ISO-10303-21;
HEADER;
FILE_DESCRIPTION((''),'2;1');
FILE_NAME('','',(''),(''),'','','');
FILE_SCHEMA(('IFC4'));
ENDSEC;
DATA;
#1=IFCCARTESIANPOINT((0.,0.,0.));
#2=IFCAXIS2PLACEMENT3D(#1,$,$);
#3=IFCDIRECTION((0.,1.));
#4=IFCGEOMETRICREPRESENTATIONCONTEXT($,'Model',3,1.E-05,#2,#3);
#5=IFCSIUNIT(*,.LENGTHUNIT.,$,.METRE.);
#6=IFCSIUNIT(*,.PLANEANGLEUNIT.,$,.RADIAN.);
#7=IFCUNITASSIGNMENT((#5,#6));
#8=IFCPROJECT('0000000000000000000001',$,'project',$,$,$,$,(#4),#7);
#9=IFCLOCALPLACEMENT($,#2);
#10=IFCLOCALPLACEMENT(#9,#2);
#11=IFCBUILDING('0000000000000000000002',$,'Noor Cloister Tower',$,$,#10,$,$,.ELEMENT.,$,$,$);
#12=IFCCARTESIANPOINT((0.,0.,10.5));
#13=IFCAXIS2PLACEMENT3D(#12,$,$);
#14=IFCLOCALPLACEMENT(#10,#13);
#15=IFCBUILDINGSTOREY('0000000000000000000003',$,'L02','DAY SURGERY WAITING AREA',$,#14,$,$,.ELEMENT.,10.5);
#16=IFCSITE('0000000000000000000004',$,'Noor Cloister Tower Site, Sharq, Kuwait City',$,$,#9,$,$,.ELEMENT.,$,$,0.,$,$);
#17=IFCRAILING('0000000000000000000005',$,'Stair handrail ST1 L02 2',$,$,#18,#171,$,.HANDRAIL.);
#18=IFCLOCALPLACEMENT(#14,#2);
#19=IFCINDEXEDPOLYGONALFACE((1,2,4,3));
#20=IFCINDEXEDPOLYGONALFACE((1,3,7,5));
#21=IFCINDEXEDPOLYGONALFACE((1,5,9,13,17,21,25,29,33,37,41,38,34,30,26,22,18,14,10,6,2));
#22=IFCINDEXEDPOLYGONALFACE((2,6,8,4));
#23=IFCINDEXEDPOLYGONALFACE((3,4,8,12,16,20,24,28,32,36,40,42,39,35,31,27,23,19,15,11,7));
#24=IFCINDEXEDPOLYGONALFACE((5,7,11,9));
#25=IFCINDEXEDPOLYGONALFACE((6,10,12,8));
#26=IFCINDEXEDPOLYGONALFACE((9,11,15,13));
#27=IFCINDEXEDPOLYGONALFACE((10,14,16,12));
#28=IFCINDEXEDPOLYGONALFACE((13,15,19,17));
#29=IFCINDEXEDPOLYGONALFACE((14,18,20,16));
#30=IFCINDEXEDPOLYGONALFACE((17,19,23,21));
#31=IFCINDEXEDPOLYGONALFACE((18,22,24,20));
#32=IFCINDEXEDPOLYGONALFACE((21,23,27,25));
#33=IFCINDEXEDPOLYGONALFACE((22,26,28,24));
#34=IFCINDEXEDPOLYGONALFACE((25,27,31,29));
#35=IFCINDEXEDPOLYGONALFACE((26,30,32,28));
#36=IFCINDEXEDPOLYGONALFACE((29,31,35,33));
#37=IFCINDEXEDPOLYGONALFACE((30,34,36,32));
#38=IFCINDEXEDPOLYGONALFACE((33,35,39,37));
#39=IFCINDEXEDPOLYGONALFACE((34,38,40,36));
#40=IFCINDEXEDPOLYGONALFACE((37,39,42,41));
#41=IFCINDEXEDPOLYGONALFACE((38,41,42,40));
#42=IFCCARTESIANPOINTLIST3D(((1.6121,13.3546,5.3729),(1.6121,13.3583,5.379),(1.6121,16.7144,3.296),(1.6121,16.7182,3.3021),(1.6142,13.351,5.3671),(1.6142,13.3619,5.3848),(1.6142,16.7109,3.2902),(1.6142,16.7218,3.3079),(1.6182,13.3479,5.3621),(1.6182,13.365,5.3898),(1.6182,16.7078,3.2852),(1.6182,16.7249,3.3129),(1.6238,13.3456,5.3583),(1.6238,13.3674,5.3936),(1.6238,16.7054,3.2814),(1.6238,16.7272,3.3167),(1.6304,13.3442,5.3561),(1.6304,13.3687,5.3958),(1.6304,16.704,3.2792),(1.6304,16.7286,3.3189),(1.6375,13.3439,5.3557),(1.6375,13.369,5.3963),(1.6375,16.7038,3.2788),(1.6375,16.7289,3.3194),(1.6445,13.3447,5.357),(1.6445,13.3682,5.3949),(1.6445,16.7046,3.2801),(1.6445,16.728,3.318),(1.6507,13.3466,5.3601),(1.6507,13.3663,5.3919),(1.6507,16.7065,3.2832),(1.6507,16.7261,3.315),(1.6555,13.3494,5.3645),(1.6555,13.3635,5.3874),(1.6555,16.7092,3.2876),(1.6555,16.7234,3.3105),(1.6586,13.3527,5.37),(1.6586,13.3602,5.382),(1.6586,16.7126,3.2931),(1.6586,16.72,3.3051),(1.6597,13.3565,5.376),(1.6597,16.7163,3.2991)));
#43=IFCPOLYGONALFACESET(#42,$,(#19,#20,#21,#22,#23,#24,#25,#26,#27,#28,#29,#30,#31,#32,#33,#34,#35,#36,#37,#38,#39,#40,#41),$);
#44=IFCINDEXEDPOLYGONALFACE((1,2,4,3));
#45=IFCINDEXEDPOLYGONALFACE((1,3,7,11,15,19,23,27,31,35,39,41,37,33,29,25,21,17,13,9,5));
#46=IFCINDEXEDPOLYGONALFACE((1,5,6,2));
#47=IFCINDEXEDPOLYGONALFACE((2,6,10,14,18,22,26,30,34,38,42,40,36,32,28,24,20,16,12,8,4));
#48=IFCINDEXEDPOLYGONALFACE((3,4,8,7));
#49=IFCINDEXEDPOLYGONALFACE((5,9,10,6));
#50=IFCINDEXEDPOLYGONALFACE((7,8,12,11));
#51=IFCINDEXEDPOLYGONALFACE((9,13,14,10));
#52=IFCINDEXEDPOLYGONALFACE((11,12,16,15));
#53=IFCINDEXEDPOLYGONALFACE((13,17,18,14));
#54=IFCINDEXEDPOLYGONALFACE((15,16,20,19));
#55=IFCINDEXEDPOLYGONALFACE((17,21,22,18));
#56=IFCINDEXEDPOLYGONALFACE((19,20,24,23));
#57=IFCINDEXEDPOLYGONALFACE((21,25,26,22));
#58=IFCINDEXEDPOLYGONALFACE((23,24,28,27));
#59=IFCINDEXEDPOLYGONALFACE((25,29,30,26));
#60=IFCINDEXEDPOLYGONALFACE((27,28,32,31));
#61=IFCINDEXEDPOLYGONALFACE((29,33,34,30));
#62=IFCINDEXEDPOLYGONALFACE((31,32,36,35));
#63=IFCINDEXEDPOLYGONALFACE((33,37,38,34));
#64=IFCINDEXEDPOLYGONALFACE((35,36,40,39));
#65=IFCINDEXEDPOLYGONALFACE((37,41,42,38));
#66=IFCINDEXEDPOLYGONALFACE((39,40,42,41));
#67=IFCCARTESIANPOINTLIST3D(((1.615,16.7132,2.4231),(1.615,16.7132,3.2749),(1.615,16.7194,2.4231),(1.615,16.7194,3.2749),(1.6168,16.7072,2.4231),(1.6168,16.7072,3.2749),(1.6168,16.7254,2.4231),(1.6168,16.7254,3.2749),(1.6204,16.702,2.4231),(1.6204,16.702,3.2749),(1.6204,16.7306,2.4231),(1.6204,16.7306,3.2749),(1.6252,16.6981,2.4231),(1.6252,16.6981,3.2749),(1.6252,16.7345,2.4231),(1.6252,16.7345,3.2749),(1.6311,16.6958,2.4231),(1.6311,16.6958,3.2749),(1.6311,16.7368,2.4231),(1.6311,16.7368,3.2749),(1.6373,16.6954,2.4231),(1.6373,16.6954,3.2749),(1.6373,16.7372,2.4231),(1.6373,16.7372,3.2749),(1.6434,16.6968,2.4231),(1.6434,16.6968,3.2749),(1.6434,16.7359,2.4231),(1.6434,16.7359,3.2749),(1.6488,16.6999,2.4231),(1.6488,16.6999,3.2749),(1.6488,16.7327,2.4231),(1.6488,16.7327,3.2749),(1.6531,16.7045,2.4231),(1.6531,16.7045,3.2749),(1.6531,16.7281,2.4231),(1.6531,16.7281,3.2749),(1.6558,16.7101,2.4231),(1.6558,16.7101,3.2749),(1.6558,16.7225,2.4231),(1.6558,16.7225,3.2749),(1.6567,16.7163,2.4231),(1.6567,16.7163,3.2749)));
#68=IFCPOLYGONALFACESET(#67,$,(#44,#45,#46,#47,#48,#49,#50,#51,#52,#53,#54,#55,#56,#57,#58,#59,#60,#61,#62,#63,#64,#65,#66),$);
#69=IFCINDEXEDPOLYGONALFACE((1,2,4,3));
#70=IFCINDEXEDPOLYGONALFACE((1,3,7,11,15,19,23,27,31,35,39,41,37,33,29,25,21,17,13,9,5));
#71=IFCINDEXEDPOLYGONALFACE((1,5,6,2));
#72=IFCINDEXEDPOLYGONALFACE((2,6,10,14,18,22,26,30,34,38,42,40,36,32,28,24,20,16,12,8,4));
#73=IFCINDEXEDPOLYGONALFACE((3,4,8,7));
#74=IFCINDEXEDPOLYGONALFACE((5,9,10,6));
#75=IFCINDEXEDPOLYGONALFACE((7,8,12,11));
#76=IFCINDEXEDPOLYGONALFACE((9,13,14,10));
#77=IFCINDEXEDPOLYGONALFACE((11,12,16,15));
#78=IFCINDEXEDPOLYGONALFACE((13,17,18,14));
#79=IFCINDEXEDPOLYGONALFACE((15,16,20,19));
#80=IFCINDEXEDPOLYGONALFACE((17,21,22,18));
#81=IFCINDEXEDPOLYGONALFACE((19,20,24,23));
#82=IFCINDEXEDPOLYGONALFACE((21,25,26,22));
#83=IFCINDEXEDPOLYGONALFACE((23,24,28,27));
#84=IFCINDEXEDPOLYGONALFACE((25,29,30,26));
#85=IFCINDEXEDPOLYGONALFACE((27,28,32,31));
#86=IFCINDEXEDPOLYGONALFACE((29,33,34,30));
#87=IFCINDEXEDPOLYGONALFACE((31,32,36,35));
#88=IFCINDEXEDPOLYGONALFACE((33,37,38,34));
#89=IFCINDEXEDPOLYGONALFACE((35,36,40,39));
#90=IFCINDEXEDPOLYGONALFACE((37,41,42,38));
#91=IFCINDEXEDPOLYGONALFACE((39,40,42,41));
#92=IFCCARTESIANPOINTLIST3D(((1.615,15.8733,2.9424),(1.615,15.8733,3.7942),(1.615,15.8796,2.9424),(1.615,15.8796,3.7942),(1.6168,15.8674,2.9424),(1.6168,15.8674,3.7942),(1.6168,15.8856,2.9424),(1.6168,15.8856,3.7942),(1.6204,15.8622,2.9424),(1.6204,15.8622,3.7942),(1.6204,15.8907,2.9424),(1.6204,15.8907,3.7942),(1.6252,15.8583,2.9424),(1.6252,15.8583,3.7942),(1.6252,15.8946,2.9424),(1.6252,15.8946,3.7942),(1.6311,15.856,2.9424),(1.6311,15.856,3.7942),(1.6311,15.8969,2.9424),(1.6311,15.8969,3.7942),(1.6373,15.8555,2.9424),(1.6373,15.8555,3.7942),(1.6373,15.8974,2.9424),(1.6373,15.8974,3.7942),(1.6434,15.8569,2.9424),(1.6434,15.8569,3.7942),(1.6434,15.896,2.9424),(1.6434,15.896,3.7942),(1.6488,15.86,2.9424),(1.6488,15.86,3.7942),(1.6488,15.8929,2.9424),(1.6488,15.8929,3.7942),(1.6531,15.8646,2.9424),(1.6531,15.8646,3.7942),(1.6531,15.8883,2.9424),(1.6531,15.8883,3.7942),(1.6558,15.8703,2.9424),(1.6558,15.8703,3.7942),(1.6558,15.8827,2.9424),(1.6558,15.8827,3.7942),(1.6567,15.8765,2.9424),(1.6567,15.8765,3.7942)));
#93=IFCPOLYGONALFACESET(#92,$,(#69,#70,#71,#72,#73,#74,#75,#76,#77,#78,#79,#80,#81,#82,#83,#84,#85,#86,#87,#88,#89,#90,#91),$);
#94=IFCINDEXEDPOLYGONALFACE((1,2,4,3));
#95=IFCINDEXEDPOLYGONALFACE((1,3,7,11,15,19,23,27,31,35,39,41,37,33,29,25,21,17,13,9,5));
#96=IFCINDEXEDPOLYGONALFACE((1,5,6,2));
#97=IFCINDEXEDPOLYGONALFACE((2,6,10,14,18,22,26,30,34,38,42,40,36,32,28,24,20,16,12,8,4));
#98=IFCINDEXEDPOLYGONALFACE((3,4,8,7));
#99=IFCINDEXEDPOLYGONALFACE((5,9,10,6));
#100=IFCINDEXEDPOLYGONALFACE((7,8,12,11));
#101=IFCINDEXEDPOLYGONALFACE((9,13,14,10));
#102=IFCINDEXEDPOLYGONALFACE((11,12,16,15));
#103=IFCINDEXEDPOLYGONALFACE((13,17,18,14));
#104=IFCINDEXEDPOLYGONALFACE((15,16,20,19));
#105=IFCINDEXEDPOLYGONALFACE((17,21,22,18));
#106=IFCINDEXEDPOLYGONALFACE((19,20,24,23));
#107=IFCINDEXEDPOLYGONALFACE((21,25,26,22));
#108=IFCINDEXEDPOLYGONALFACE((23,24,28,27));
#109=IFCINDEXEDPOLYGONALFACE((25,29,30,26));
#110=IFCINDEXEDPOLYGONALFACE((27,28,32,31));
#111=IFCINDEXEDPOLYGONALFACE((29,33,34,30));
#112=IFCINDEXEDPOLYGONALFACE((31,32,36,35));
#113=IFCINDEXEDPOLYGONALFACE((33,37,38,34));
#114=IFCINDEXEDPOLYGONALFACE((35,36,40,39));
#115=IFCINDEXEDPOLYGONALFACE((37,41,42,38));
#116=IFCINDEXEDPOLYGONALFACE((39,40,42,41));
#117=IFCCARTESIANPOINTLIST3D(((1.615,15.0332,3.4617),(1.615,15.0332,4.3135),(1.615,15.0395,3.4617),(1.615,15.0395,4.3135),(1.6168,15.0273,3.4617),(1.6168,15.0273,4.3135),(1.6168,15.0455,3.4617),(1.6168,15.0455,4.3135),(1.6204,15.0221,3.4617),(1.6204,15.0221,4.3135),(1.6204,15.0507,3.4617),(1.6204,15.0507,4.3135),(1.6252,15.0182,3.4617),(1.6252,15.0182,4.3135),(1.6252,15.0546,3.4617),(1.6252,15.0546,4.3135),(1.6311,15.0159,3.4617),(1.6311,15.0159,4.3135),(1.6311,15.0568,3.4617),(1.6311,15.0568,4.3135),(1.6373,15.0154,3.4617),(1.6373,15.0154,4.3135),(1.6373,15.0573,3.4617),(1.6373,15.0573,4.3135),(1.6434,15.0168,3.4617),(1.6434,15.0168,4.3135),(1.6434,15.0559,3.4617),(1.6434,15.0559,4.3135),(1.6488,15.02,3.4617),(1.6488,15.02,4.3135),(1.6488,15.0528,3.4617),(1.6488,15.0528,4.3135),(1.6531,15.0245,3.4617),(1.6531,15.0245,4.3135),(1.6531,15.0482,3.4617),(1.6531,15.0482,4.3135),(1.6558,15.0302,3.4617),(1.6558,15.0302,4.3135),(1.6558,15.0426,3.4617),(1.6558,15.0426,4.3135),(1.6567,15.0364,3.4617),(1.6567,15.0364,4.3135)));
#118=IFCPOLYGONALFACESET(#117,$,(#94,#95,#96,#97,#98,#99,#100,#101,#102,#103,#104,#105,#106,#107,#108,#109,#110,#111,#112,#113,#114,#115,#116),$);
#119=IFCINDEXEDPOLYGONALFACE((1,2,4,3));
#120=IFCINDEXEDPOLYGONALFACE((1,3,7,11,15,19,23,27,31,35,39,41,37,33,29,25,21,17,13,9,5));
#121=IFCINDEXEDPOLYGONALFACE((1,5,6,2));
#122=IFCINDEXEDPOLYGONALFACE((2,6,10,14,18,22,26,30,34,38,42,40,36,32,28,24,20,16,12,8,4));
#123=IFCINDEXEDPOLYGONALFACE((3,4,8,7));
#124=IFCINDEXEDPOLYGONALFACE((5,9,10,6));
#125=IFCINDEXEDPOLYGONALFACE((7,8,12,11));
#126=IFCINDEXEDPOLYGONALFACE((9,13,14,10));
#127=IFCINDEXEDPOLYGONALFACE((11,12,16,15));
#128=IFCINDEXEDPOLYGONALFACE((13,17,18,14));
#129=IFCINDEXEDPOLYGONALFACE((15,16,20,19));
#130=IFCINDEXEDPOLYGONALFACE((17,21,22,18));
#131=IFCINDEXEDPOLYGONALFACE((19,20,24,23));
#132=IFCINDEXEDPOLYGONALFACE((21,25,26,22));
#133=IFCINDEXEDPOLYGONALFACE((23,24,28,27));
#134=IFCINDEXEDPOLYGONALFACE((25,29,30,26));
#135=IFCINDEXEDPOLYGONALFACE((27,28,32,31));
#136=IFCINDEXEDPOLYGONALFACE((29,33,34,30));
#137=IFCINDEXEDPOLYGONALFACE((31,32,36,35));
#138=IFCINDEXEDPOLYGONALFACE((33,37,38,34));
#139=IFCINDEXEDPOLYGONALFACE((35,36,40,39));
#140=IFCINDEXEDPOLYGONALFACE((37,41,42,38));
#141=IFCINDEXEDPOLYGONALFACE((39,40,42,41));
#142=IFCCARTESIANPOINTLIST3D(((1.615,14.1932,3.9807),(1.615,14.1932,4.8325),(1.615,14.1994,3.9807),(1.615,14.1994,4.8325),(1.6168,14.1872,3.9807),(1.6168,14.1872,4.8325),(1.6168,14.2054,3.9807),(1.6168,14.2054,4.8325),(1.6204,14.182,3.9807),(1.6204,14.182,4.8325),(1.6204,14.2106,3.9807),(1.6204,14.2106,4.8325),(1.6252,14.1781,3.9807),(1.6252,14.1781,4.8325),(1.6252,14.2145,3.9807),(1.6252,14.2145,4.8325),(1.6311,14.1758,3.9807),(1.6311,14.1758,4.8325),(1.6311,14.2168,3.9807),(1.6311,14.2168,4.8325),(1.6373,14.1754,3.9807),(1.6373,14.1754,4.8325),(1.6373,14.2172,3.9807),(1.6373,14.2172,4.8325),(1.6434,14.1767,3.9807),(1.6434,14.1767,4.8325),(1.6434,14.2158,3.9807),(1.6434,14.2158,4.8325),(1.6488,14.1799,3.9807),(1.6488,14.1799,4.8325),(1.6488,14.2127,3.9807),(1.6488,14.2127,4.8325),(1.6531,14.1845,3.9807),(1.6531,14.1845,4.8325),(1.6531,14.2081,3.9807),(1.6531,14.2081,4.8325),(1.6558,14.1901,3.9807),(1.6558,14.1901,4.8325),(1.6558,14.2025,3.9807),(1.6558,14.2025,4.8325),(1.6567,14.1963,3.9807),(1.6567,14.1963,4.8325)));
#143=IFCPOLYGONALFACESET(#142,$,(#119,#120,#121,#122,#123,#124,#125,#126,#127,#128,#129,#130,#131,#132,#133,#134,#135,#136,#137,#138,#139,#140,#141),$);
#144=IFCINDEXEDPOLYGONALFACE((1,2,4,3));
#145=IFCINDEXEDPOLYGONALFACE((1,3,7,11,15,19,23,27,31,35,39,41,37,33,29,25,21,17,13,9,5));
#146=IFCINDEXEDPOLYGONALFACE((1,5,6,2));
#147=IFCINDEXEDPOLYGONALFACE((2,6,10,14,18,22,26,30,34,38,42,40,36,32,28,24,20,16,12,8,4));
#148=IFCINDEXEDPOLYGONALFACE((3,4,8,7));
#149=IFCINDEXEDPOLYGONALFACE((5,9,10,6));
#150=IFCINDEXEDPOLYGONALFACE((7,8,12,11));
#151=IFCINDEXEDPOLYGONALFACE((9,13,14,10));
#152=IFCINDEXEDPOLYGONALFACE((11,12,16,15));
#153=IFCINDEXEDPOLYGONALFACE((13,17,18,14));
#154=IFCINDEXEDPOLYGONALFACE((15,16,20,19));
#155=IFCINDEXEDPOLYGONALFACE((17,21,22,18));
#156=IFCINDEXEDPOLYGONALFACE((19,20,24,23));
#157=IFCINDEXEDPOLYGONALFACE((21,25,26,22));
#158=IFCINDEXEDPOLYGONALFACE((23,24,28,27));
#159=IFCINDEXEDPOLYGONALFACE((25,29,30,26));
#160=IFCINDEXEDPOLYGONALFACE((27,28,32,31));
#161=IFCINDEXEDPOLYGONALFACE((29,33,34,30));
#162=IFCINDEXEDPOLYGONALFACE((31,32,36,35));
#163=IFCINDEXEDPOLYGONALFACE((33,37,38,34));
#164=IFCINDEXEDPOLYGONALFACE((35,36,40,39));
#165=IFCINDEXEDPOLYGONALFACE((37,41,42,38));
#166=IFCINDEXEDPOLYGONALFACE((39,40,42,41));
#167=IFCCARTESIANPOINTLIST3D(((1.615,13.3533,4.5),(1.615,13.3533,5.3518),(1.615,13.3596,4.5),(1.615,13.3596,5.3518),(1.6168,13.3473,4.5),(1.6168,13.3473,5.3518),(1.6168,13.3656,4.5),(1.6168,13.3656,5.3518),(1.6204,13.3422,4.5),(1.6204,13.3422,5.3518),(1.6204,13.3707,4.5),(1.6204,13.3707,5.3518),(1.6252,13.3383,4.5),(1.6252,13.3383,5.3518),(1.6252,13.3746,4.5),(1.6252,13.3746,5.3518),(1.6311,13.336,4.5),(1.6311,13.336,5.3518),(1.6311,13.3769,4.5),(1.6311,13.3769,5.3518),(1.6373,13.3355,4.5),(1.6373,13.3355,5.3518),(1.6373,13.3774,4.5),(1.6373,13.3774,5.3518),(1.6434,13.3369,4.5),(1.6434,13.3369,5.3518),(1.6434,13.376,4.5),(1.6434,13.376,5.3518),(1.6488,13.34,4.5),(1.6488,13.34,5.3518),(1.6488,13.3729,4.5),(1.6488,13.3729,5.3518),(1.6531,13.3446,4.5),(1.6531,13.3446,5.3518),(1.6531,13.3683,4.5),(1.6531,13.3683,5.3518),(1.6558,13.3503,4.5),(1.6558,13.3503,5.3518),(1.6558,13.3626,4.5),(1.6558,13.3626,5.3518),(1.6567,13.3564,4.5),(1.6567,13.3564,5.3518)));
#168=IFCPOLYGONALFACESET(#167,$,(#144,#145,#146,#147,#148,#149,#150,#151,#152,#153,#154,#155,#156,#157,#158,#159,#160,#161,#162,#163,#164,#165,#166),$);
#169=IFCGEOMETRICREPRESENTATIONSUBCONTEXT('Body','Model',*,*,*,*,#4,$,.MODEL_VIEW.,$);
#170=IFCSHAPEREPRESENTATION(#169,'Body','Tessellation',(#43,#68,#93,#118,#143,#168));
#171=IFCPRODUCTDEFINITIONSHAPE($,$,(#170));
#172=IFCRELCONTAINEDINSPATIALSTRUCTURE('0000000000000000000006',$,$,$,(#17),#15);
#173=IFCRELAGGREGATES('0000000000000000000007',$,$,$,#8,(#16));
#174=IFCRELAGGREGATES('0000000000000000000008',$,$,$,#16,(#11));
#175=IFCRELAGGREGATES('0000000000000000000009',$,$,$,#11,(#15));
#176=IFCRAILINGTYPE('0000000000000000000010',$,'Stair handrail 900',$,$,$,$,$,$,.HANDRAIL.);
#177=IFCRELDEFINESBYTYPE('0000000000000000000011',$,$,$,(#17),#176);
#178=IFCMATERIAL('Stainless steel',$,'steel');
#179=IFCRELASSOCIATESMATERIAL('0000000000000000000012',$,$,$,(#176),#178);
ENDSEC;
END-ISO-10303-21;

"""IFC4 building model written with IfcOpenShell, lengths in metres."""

from ifc_helpers import new_model, si_unit, direction, frame, origin, origin_2d, place, context, subcontext, project, spatial, circle, extrude, material, type_object, element, save


model = new_model("IFC4")

# Units and contexts
model_context = context("Model", 3, precision=1e-05, world=origin(), true_north=direction((0.0, 1.0)))
body_context = subcontext(model_context, "Body", "Model", "MODEL_VIEW")
ifc_project = project(units=[si_unit("LENGTHUNIT", "METRE"), si_unit("PLANEANGLEUNIT", "RADIAN")], contexts=[model_context])

# Site, building, storey
site_placement = place(None, origin())
site = spatial("IfcSite", under=ifc_project, at=site_placement, Name="Noor Cloister Tower Site, Sharq, Kuwait City", CompositionType="ELEMENT", RefElevation=0.0)
building_placement = place(site_placement, origin())
building = spatial("IfcBuilding", under=site, at=building_placement, Name="Noor Cloister Tower", CompositionType="ELEMENT")
storey_placement = place(building_placement, frame((0.0, 0.0, 10.5)))
storey = spatial("IfcBuildingStorey", under=building, at=storey_placement, Name="L02", Description="DAY SURGERY WAITING AREA", CompositionType="ELEMENT", Elevation=10.5)

# Railing
ifc_material_1 = material(Name="Stainless steel", Category="steel")
railing_type_1 = type_object("IfcRailingType", Name="Stair handrail 900", PredefinedType="HANDRAIL", material=ifc_material_1)
railing_1_placement = place(storey_placement, frame((1.6357, 16.7163, 2.4231)))
element("IfcRailing", 1, at=railing_1_placement, inside=storey, type_object=railing_type_1, Name="Stair handrail ST1 L02 2", PredefinedType="HANDRAIL", context=body_context, shape_type="SweptSolid", body=[
    extrude(circle(Radius=0.0239, at=origin_2d()), frame((0.0, 0.0, 0.876), z_axis=(0.0, -0.850606, 0.525803), x_axis=(1.0, 0.0, 0.0)), (0.0, 0.0, 1.0), 3.95),
    extrude(circle(Radius=0.021, at=origin_2d()), origin(), (0.0, 0.0, 1.0), 0.8518),
    extrude(circle(Radius=0.021, at=origin_2d()), frame((0.0, -0.8398, 0.5193)), (0.0, 0.0, 1.0), 0.8518),
    extrude(circle(Radius=0.021, at=origin_2d()), frame((0.0, -1.6799, 1.0386)), (0.0, 0.0, 1.0), 0.8518),
    extrude(circle(Radius=0.021, at=origin_2d()), frame((0.0, -2.52, 1.5576)), (0.0, 0.0, 1.0), 0.8518),
    extrude(circle(Radius=0.021, at=origin_2d()), frame((0.0, -3.3599, 2.0769)), (0.0, 0.0, 1.0), 0.8518),
])

save(model, "model.ifc")
